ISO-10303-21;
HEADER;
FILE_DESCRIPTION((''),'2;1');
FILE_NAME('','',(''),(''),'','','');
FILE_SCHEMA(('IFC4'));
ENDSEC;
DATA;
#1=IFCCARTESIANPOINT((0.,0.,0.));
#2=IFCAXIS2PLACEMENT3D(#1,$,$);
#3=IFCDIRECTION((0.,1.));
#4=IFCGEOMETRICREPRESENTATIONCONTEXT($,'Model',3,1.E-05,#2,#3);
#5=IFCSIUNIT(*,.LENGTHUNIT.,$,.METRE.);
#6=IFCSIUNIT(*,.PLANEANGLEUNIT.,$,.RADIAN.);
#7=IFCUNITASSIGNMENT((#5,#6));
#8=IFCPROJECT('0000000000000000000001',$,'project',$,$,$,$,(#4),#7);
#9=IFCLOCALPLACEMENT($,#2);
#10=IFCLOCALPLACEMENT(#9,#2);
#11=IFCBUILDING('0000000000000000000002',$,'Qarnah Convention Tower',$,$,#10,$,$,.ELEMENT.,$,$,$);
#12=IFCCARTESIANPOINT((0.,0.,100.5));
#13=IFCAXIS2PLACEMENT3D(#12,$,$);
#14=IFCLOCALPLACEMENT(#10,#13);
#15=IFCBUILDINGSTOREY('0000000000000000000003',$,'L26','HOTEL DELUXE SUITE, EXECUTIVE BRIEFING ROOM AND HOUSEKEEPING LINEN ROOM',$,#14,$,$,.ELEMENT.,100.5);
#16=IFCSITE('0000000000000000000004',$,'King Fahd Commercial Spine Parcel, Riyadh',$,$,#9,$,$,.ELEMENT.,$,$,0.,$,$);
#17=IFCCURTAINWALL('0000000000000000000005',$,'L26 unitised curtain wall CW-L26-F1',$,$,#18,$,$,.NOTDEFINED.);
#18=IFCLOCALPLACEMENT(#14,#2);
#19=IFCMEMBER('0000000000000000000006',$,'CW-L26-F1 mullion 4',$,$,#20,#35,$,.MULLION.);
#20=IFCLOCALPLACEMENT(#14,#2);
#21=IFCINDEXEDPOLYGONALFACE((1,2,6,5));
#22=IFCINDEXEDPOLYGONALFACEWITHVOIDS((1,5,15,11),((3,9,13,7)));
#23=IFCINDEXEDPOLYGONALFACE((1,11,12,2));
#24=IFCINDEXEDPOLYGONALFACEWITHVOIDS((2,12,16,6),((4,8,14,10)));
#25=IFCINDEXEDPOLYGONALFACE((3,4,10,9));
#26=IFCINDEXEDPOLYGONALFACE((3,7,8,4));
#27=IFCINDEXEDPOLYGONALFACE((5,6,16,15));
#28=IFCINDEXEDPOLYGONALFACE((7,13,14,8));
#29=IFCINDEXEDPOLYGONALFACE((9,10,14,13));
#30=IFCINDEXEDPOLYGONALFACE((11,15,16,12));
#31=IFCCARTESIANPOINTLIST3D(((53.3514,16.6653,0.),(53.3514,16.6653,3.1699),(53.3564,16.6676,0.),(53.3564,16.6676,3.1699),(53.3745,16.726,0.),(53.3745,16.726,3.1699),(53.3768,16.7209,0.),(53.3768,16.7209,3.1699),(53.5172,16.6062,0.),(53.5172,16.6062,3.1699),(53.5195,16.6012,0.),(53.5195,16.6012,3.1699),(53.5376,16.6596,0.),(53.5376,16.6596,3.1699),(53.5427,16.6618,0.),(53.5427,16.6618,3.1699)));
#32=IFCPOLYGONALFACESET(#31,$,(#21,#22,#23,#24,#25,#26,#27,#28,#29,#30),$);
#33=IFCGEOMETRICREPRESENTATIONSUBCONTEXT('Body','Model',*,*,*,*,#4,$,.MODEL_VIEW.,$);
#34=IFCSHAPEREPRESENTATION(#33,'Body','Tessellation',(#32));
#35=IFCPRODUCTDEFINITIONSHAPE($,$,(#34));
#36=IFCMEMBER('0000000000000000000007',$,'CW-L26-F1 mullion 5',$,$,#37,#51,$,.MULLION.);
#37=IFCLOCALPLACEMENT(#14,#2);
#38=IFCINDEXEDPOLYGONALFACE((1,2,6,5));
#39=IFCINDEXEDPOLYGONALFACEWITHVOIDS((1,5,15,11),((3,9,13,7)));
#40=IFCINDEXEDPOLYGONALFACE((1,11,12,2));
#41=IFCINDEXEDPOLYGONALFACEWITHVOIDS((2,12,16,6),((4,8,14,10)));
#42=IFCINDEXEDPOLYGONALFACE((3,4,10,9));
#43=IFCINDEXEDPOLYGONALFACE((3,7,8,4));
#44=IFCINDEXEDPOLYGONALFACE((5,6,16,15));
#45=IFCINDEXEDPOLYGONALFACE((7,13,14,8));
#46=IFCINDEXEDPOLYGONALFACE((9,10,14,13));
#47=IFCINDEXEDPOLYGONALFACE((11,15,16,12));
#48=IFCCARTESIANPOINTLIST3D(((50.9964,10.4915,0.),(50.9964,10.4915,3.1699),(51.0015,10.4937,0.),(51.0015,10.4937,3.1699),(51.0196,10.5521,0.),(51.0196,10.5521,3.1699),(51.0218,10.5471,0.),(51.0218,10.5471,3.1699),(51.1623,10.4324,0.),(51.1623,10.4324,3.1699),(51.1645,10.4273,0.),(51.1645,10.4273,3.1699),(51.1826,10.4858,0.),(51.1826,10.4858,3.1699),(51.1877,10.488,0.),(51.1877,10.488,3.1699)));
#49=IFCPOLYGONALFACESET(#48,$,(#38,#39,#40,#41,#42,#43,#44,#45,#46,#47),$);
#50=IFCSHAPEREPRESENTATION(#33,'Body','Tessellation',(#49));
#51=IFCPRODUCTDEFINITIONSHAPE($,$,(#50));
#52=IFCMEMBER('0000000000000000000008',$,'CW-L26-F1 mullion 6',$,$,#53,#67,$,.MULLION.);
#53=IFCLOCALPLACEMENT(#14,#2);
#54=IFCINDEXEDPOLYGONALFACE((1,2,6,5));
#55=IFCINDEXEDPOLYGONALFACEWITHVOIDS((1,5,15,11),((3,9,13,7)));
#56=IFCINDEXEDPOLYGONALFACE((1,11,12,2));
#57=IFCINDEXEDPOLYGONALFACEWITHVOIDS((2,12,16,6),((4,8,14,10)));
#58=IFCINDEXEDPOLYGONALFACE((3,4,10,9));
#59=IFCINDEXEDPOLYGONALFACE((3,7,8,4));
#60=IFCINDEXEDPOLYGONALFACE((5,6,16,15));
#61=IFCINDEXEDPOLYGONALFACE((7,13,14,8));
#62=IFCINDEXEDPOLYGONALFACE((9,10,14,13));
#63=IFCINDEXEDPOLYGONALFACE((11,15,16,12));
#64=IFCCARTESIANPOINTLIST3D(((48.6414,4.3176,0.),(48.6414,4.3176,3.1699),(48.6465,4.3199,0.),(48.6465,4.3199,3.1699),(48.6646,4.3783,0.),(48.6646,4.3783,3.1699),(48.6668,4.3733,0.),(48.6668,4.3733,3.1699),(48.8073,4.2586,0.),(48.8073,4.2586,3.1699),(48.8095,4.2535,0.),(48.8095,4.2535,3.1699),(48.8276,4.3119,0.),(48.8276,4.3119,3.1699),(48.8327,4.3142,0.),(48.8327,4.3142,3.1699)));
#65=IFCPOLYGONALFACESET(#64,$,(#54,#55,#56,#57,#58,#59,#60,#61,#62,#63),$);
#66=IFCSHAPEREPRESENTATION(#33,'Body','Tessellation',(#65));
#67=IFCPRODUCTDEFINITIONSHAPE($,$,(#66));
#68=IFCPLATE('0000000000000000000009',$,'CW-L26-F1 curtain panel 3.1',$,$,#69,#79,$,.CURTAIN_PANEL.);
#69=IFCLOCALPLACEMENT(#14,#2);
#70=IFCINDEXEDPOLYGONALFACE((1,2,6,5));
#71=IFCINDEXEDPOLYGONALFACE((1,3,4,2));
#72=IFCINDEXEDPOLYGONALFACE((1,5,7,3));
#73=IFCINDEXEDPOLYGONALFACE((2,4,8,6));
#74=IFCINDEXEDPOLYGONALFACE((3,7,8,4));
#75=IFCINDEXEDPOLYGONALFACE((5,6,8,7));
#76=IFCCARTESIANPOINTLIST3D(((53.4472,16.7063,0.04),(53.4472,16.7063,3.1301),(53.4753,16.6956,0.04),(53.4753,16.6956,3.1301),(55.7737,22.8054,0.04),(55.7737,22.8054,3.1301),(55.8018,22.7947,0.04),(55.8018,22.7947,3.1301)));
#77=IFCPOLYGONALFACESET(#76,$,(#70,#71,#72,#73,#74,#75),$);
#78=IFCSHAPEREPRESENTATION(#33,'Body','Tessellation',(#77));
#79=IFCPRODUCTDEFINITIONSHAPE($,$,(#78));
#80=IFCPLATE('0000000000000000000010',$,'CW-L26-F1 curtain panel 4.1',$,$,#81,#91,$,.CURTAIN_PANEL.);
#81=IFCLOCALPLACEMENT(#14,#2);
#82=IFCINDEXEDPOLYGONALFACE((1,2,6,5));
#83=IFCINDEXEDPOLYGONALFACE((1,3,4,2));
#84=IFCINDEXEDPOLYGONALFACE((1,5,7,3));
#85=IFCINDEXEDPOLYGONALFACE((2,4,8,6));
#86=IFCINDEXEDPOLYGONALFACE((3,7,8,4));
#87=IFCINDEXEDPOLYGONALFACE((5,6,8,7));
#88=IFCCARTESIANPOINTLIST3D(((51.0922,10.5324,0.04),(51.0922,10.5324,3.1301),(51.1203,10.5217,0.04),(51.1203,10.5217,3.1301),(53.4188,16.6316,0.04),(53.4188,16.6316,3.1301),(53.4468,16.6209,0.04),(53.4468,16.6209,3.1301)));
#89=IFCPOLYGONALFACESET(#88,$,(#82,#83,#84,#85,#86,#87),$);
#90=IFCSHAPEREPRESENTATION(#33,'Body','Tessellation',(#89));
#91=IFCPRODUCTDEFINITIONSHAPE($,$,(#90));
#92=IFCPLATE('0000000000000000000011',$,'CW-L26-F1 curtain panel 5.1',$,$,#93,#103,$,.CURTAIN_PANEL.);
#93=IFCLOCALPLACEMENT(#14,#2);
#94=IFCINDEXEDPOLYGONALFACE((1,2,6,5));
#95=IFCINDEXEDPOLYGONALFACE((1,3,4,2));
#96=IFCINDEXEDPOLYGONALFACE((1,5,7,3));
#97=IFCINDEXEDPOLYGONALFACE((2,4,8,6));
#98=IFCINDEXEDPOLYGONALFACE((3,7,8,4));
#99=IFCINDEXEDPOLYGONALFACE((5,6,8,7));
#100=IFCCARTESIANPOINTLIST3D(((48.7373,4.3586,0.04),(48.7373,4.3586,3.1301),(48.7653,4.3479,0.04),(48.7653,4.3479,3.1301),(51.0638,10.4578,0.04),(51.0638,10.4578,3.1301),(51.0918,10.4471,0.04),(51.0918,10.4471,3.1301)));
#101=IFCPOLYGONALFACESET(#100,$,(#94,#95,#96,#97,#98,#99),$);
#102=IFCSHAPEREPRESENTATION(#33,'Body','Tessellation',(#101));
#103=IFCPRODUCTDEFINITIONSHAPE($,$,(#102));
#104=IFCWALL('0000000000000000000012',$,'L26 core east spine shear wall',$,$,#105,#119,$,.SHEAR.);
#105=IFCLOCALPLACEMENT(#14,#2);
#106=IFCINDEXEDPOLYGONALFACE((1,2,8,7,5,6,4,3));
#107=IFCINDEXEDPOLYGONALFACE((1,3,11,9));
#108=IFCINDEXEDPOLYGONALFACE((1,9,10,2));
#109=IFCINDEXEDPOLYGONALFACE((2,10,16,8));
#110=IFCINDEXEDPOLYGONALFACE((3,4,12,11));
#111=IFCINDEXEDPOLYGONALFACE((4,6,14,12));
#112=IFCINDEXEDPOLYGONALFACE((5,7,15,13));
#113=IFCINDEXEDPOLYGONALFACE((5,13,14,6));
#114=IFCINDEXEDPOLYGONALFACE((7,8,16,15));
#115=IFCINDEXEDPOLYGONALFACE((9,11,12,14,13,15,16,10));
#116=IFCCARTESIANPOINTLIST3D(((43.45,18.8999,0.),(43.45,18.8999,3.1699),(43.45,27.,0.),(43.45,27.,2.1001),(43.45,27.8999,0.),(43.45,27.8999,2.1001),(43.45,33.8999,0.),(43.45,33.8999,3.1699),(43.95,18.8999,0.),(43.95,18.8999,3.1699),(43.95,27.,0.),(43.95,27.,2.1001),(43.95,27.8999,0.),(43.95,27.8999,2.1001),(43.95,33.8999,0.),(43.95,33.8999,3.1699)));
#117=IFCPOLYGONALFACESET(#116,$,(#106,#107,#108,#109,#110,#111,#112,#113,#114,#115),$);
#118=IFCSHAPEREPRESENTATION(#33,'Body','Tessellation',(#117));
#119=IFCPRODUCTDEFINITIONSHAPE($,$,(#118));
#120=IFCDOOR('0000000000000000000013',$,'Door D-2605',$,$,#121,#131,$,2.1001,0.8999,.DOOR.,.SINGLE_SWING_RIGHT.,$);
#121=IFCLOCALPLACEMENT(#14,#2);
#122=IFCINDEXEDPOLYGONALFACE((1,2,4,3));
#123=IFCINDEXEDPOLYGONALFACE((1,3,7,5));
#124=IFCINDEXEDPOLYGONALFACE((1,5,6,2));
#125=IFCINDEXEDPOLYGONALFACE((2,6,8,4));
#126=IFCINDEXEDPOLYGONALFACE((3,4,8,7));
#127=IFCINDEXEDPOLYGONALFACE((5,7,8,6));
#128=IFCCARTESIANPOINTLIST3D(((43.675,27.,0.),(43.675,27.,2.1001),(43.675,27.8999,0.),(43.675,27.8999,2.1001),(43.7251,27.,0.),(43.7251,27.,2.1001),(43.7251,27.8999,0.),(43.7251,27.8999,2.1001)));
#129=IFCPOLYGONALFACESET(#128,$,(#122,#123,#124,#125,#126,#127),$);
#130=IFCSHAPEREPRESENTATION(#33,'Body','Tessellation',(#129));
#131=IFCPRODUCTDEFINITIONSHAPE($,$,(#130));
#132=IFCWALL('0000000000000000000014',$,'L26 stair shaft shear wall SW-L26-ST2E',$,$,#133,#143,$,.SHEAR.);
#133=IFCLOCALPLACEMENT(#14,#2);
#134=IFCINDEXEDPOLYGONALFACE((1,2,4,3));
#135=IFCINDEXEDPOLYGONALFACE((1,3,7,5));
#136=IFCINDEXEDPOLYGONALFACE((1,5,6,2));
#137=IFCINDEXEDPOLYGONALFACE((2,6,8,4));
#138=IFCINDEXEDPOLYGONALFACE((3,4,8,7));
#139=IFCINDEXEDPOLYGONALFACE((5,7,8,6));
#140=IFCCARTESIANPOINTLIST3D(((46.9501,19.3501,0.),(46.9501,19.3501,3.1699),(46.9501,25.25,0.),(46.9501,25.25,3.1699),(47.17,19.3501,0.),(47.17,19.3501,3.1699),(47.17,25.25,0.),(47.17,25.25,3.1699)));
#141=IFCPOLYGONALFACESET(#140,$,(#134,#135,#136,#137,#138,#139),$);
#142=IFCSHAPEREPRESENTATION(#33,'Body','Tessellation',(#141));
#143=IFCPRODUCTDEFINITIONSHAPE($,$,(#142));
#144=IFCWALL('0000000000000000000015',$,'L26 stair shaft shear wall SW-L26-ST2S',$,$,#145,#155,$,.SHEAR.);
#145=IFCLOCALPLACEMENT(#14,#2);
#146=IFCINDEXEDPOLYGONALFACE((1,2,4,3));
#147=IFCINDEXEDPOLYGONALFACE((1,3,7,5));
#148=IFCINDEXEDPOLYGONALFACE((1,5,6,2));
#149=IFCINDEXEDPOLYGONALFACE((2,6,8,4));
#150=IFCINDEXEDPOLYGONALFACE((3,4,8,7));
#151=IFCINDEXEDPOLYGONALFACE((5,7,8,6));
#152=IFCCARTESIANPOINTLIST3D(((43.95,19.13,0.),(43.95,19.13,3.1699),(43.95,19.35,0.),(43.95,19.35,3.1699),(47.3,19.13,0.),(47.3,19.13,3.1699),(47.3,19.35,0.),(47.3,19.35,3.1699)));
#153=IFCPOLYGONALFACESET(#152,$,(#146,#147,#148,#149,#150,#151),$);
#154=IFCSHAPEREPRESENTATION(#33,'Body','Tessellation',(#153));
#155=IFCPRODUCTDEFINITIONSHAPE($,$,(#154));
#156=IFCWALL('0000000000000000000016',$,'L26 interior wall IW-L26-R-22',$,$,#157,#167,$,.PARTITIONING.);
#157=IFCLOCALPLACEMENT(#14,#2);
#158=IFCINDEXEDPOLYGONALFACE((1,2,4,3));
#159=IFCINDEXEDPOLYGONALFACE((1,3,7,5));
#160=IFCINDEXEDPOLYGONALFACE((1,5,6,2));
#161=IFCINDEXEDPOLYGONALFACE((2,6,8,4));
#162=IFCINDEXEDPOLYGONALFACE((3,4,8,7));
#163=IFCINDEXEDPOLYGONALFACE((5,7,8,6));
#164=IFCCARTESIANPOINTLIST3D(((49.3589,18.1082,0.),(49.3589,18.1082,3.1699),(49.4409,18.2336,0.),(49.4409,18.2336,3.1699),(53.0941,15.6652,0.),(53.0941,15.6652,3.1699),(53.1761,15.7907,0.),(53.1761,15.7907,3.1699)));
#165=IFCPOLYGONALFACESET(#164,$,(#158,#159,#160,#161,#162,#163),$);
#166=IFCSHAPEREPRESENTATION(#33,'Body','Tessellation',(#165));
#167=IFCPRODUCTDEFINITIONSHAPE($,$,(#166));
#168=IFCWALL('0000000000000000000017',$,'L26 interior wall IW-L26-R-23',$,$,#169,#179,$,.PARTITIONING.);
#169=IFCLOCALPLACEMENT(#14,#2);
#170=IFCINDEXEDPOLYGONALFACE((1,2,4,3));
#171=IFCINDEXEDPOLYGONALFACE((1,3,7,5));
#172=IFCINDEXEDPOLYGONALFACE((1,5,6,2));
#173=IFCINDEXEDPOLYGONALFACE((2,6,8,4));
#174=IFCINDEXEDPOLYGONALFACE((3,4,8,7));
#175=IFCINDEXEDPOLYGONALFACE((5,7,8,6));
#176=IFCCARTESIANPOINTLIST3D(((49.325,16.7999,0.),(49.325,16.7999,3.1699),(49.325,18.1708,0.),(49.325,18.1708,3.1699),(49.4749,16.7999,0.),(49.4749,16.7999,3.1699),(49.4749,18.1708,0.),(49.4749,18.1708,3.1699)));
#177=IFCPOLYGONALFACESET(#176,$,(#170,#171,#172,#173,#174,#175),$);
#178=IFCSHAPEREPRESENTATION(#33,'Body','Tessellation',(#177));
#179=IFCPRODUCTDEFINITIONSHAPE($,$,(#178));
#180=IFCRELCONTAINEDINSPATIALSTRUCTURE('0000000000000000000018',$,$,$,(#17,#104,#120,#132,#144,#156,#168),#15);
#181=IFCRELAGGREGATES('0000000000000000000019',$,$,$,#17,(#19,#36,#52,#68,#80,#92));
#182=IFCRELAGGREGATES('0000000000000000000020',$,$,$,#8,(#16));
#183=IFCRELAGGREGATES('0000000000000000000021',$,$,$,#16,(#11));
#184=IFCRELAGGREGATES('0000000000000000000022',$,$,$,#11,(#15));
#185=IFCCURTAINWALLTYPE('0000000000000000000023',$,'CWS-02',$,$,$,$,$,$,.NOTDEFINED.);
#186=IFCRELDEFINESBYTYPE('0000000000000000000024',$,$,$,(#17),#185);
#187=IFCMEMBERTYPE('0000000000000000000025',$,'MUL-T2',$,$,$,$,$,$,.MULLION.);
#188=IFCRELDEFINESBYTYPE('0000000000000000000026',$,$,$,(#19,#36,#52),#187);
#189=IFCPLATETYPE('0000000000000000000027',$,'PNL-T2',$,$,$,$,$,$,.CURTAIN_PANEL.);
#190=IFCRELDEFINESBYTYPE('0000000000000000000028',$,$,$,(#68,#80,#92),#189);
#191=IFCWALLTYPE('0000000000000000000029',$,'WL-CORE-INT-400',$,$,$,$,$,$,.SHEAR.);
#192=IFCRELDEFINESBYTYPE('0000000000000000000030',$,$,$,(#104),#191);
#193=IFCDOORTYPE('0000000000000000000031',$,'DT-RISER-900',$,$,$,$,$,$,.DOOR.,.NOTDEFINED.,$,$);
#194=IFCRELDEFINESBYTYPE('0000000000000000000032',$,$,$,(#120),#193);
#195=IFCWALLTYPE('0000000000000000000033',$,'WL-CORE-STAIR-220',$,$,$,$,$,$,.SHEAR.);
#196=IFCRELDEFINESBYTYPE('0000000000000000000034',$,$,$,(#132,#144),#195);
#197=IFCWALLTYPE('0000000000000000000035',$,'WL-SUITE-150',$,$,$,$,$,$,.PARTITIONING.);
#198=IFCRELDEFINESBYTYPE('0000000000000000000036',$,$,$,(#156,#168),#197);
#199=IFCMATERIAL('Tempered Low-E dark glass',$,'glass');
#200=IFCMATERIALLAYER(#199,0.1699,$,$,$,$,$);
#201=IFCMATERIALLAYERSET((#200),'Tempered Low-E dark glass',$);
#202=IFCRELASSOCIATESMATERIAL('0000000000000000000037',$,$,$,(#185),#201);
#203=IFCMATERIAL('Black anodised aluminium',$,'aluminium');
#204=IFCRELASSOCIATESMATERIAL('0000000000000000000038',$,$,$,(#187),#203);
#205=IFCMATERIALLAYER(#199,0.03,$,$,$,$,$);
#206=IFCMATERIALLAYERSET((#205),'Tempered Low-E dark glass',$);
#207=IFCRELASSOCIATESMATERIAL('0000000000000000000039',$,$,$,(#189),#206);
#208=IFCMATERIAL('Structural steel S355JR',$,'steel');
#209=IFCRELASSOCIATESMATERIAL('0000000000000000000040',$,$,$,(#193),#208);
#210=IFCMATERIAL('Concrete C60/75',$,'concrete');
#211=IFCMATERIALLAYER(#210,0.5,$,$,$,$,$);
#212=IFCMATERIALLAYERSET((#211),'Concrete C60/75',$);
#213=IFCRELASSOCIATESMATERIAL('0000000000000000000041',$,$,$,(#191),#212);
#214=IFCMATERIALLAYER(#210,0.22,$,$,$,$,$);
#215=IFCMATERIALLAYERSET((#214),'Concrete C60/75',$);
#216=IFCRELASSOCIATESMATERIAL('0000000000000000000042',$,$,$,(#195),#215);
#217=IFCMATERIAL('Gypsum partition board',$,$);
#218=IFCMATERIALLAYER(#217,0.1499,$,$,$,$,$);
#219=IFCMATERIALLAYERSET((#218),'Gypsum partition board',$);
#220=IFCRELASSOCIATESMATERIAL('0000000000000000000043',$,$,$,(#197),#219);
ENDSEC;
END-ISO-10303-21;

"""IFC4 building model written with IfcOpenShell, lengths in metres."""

from ifc_helpers import new_model, si_unit, direction, frame, frame_2d, origin, origin_2d, place, context, subcontext, project, spatial, rectangle, hollow_rectangle, extrude, material, layer, layer_set, material_profile, profile_set, type_object, element, fill, aggregate, save


model = new_model("IFC4")

# Units and contexts
model_context = context("Model", 3, precision=1e-05, world=origin(), true_north=direction((0.0, 1.0)))
body_context = subcontext(model_context, "Body", "Model", "MODEL_VIEW")
ifc_project = project(units=[si_unit("LENGTHUNIT", "METRE"), si_unit("PLANEANGLEUNIT", "RADIAN")], contexts=[model_context])

# Site, building, storey
site_placement = place(None, origin())
site = spatial("IfcSite", under=ifc_project, at=site_placement, Name="King Fahd Commercial Spine Parcel, Riyadh", CompositionType="ELEMENT", RefElevation=0.0)
building_placement = place(site_placement, origin())
building = spatial("IfcBuilding", under=site, at=building_placement, Name="Qarnah Convention Tower", CompositionType="ELEMENT")
storey_placement = place(building_placement, frame((0.0, 0.0, 100.5)))
storey = spatial("IfcBuildingStorey", under=building, at=storey_placement, Name="L26", Description="HOTEL DELUXE SUITE, EXECUTIVE BRIEFING ROOM AND HOUSEKEEPING LINEN ROOM", CompositionType="ELEMENT", Elevation=100.5)

# Shared definitions
ifc_material_1 = material(Name="Concrete C60/75", Category="concrete")

# Shared definitions
ifc_material_2 = material(Name="Structural steel S355JR", Category="steel")

# Curtain wall, members, plates
ifc_material_3 = material(Name="Tempered Low-E dark glass", Category="glass")
ifc_layer_1 = layer(ifc_material_3, 0.1699)
ifc_layer_set_1 = layer_set([ifc_layer_1], Name="Tempered Low-E dark glass")
curtain_wall_type = type_object("IfcCurtainWallType", Name="CWS-02", PredefinedType="NOTDEFINED", material=ifc_layer_set_1)
curtain_wall_placement = place(storey_placement, origin())
curtain_wall = element("IfcCurtainWall", 1, at=curtain_wall_placement, inside=storey, type_object=curtain_wall_type, Name="L26 unitised curtain wall CW-L26-F1", PredefinedType="NOTDEFINED")
ifc_material_4 = material(Name="Black anodised aluminium", Category="aluminium")
ifc_material_profile_1 = material_profile(ifc_material_4, hollow_rectangle(XDim=0.0649, YDim=0.1799, WallThickness=0.0039, at=origin_2d()), Name="MUL-65X180")
ifc_profile_set_1 = profile_set([ifc_material_profile_1], Name="Black anodised aluminium")
member_type = type_object("IfcMemberType", Name="MUL-T2", PredefinedType="MULLION", material=ifc_profile_set_1)
member_1_placement = place(storey_placement, frame((53.447, 16.6636, 0.0), z_axis=(0.0, 0.0, 1.0), x_axis=(-0.356402, -0.934333, 0.0)))
member_1 = element("IfcMember", 2, at=member_1_placement, type_object=member_type, Name="CW-L26-F1 mullion 4", PredefinedType="MULLION", context=body_context, shape_type="SweptSolid", body=[
    extrude(hollow_rectangle(XDim=0.0649, YDim=0.1799, WallThickness=0.0039, at=origin_2d()), origin(), (0.0, 0.0, 1.0), 3.1699),
])
member_2_placement = place(storey_placement, frame((51.092, 10.4897, 0.0), z_axis=(0.0, 0.0, 1.0), x_axis=(-0.356402, -0.934333, 0.0)))
member_2 = element("IfcMember", 3, at=member_2_placement, type_object=member_type, Name="CW-L26-F1 mullion 5", PredefinedType="MULLION", context=body_context, shape_type="SweptSolid", body=[
    extrude(hollow_rectangle(XDim=0.0649, YDim=0.1799, WallThickness=0.0039, at=origin_2d()), origin(), (0.0, 0.0, 1.0), 3.1699),
])
member_3_placement = place(storey_placement, frame((48.7371, 4.3159, 0.0), z_axis=(0.0, 0.0, 1.0), x_axis=(-0.356402, -0.934333, 0.0)))
member_3 = element("IfcMember", 4, at=member_3_placement, type_object=member_type, Name="CW-L26-F1 mullion 6", PredefinedType="MULLION", context=body_context, shape_type="SweptSolid", body=[
    extrude(hollow_rectangle(XDim=0.0649, YDim=0.1799, WallThickness=0.0039, at=origin_2d()), origin(), (0.0, 0.0, 1.0), 3.1699),
])
ifc_layer_2 = layer(ifc_material_3, 0.03)
ifc_layer_set_2 = layer_set([ifc_layer_2], Name="Tempered Low-E dark glass")
plate_type = type_object("IfcPlateType", Name="PNL-T2", PredefinedType="CURTAIN_PANEL", material=ifc_layer_set_2)
plate_1_placement = place(storey_placement, frame((54.6245, 19.7505, 0.04), z_axis=(0.0, 0.0, 1.0), x_axis=(-0.356402, -0.934333, 0.0)))
plate_1 = element("IfcPlate", 5, at=plate_1_placement, type_object=plate_type, Name="CW-L26-F1 curtain panel 3.1", PredefinedType="CURTAIN_PANEL", context=body_context, shape_type="SweptSolid", body=[
    extrude(rectangle(XDim=6.5278, YDim=0.03, at=origin_2d()), origin(), (0.0, 0.0, 1.0), 3.0901),
])
plate_2_placement = place(storey_placement, frame((52.2695, 13.5767, 0.04), z_axis=(0.0, 0.0, 1.0), x_axis=(-0.356402, -0.934333, 0.0)))
plate_2 = element("IfcPlate", 6, at=plate_2_placement, type_object=plate_type, Name="CW-L26-F1 curtain panel 4.1", PredefinedType="CURTAIN_PANEL", context=body_context, shape_type="SweptSolid", body=[
    extrude(rectangle(XDim=6.5278, YDim=0.03, at=origin_2d()), origin(), (0.0, 0.0, 1.0), 3.0901),
])
plate_3_placement = place(storey_placement, frame((49.9146, 7.4028, 0.04), z_axis=(0.0, 0.0, 1.0), x_axis=(-0.356402, -0.934333, 0.0)))
plate_3 = element("IfcPlate", 7, at=plate_3_placement, type_object=plate_type, Name="CW-L26-F1 curtain panel 5.1", PredefinedType="CURTAIN_PANEL", context=body_context, shape_type="SweptSolid", body=[
    extrude(rectangle(XDim=6.5278, YDim=0.03, at=origin_2d()), origin(), (0.0, 0.0, 1.0), 3.0901),
])
aggregate(curtain_wall, [member_1, member_2, member_3, plate_1, plate_2, plate_3])

# Shared definitions
door_type_1 = type_object("IfcDoorType", Name="DT-RISER-900", OperationType="NOTDEFINED", PredefinedType="DOOR", material=ifc_material_2)

# Wall, opening, door
ifc_layer_3 = layer(ifc_material_1, 0.5)
ifc_layer_set_3 = layer_set([ifc_layer_3], Name="Concrete C60/75")
wall_type_1 = type_object("IfcWallType", Name="WL-CORE-INT-400", PredefinedType="SHEAR", material=ifc_layer_set_3)
wall_1_placement = place(storey_placement, frame((43.7, 18.8999, 0.0), z_axis=(0.0, 0.0, 1.0), x_axis=(0.0, 1.0, 0.0)))
wall_1 = element("IfcWall", 8, at=wall_1_placement, inside=storey, type_object=wall_type_1, Name="L26 core east spine shear wall", PredefinedType="SHEAR", context=body_context, shape_type="SweptSolid", body=[
    extrude(rectangle(XDim=15.0, YDim=0.5, at=frame_2d((7.5, 0.0))), origin(), (0.0, 0.0, 1.0), 3.1699),
])
opening_1_placement = place(wall_1_placement, frame((8.1001, 0.0, 0.0)))
opening_1 = element("IfcOpeningElement", 9, at=opening_1_placement, cuts=wall_1, PredefinedType="OPENING", context=body_context, shape_type="SweptSolid", body=[
    extrude(rectangle(XDim=0.8999, YDim=2.1001, at=frame_2d((0.45, 1.05))), frame((0.0, 0.26, 0.0), z_axis=(0.0, -1.0, 0.0), x_axis=(1.0, 0.0, 0.0)), (0.0, 0.0, 1.0), 0.52),
])
door_1_placement = place(opening_1_placement, origin())
door_1 = element("IfcDoor", 10, at=door_1_placement, inside=storey, type_object=door_type_1, Name="Door D-2605", OperationType="SINGLE_SWING_RIGHT", OverallHeight=2.1001, OverallWidth=0.8999, PredefinedType="DOOR", context=body_context, shape_type="SweptSolid", body=[
    extrude(rectangle(XDim=0.8999, YDim=2.1001, at=frame_2d((0.45, 1.05))), frame((0.0, 0.0249, 0.0), z_axis=(0.0, -1.0, 0.0), x_axis=(1.0, 0.0, 0.0)), (0.0, 0.0, 1.0), 0.05),
])
fill(opening_1, door_1)

# Walls
ifc_layer_4 = layer(ifc_material_1, 0.22)
ifc_layer_set_4 = layer_set([ifc_layer_4], Name="Concrete C60/75")
wall_type_2 = type_object("IfcWallType", Name="WL-CORE-STAIR-220", PredefinedType="SHEAR", material=ifc_layer_set_4)
wall_2_placement = place(storey_placement, frame((47.0601, 19.3501, 0.0), z_axis=(0.0, 0.0, 1.0), x_axis=(0.0, 1.0, 0.0)))
element("IfcWall", 11, at=wall_2_placement, inside=storey, type_object=wall_type_2, Name="L26 stair shaft shear wall SW-L26-ST2E", PredefinedType="SHEAR", context=body_context, shape_type="SweptSolid", body=[
    extrude(rectangle(XDim=5.8999, YDim=0.22, at=frame_2d((2.95, 0.0))), origin(), (0.0, 0.0, 1.0), 3.1699),
])
wall_3_placement = place(storey_placement, frame((43.95, 19.24, 0.0), z_axis=(0.0, 0.0, 1.0), x_axis=(1.0, 0.0, 0.0)))
element("IfcWall", 12, at=wall_3_placement, inside=storey, type_object=wall_type_2, Name="L26 stair shaft shear wall SW-L26-ST2S", PredefinedType="SHEAR", context=body_context, shape_type="SweptSolid", body=[
    extrude(rectangle(XDim=3.3501, YDim=0.22, at=frame_2d((1.675, 0.0))), origin(), (0.0, 0.0, 1.0), 3.1699),
])

# Walls
ifc_material_5 = material(Name="Gypsum partition board")
ifc_layer_5 = layer(ifc_material_5, 0.1499)
ifc_layer_set_5 = layer_set([ifc_layer_5], Name="Gypsum partition board")
wall_type_3 = type_object("IfcWallType", Name="WL-SUITE-150", PredefinedType="PARTITIONING", material=ifc_layer_set_5)
wall_4_placement = place(storey_placement, frame((53.135, 15.728, 0.0), z_axis=(0.0, 0.0, 1.0), x_axis=(-0.836899, 0.547357, 0.0)))
element("IfcWall", 13, at=wall_4_placement, inside=storey, type_object=wall_type_3, Name="L26 interior wall IW-L26-R-22", PredefinedType="PARTITIONING", context=body_context, shape_type="SweptSolid", body=[
    extrude(rectangle(XDim=4.4631, YDim=0.1499, at=frame_2d((2.2314, 0.0))), origin(), (0.0, 0.0, 1.0), 3.1699),
])
wall_5_placement = place(storey_placement, frame((49.3999, 18.1709, 0.0), z_axis=(0.0, 0.0, 1.0), x_axis=(0.0, -1.0, 0.0)))
element("IfcWall", 14, at=wall_5_placement, inside=storey, type_object=wall_type_3, Name="L26 interior wall IW-L26-R-23", PredefinedType="PARTITIONING", context=body_context, shape_type="SweptSolid", body=[
    extrude(rectangle(XDim=1.3708, YDim=0.1499, at=frame_2d((0.6855, 0.0))), origin(), (0.0, 0.0, 1.0), 3.1699),
])

save(model, "model.ifc")
